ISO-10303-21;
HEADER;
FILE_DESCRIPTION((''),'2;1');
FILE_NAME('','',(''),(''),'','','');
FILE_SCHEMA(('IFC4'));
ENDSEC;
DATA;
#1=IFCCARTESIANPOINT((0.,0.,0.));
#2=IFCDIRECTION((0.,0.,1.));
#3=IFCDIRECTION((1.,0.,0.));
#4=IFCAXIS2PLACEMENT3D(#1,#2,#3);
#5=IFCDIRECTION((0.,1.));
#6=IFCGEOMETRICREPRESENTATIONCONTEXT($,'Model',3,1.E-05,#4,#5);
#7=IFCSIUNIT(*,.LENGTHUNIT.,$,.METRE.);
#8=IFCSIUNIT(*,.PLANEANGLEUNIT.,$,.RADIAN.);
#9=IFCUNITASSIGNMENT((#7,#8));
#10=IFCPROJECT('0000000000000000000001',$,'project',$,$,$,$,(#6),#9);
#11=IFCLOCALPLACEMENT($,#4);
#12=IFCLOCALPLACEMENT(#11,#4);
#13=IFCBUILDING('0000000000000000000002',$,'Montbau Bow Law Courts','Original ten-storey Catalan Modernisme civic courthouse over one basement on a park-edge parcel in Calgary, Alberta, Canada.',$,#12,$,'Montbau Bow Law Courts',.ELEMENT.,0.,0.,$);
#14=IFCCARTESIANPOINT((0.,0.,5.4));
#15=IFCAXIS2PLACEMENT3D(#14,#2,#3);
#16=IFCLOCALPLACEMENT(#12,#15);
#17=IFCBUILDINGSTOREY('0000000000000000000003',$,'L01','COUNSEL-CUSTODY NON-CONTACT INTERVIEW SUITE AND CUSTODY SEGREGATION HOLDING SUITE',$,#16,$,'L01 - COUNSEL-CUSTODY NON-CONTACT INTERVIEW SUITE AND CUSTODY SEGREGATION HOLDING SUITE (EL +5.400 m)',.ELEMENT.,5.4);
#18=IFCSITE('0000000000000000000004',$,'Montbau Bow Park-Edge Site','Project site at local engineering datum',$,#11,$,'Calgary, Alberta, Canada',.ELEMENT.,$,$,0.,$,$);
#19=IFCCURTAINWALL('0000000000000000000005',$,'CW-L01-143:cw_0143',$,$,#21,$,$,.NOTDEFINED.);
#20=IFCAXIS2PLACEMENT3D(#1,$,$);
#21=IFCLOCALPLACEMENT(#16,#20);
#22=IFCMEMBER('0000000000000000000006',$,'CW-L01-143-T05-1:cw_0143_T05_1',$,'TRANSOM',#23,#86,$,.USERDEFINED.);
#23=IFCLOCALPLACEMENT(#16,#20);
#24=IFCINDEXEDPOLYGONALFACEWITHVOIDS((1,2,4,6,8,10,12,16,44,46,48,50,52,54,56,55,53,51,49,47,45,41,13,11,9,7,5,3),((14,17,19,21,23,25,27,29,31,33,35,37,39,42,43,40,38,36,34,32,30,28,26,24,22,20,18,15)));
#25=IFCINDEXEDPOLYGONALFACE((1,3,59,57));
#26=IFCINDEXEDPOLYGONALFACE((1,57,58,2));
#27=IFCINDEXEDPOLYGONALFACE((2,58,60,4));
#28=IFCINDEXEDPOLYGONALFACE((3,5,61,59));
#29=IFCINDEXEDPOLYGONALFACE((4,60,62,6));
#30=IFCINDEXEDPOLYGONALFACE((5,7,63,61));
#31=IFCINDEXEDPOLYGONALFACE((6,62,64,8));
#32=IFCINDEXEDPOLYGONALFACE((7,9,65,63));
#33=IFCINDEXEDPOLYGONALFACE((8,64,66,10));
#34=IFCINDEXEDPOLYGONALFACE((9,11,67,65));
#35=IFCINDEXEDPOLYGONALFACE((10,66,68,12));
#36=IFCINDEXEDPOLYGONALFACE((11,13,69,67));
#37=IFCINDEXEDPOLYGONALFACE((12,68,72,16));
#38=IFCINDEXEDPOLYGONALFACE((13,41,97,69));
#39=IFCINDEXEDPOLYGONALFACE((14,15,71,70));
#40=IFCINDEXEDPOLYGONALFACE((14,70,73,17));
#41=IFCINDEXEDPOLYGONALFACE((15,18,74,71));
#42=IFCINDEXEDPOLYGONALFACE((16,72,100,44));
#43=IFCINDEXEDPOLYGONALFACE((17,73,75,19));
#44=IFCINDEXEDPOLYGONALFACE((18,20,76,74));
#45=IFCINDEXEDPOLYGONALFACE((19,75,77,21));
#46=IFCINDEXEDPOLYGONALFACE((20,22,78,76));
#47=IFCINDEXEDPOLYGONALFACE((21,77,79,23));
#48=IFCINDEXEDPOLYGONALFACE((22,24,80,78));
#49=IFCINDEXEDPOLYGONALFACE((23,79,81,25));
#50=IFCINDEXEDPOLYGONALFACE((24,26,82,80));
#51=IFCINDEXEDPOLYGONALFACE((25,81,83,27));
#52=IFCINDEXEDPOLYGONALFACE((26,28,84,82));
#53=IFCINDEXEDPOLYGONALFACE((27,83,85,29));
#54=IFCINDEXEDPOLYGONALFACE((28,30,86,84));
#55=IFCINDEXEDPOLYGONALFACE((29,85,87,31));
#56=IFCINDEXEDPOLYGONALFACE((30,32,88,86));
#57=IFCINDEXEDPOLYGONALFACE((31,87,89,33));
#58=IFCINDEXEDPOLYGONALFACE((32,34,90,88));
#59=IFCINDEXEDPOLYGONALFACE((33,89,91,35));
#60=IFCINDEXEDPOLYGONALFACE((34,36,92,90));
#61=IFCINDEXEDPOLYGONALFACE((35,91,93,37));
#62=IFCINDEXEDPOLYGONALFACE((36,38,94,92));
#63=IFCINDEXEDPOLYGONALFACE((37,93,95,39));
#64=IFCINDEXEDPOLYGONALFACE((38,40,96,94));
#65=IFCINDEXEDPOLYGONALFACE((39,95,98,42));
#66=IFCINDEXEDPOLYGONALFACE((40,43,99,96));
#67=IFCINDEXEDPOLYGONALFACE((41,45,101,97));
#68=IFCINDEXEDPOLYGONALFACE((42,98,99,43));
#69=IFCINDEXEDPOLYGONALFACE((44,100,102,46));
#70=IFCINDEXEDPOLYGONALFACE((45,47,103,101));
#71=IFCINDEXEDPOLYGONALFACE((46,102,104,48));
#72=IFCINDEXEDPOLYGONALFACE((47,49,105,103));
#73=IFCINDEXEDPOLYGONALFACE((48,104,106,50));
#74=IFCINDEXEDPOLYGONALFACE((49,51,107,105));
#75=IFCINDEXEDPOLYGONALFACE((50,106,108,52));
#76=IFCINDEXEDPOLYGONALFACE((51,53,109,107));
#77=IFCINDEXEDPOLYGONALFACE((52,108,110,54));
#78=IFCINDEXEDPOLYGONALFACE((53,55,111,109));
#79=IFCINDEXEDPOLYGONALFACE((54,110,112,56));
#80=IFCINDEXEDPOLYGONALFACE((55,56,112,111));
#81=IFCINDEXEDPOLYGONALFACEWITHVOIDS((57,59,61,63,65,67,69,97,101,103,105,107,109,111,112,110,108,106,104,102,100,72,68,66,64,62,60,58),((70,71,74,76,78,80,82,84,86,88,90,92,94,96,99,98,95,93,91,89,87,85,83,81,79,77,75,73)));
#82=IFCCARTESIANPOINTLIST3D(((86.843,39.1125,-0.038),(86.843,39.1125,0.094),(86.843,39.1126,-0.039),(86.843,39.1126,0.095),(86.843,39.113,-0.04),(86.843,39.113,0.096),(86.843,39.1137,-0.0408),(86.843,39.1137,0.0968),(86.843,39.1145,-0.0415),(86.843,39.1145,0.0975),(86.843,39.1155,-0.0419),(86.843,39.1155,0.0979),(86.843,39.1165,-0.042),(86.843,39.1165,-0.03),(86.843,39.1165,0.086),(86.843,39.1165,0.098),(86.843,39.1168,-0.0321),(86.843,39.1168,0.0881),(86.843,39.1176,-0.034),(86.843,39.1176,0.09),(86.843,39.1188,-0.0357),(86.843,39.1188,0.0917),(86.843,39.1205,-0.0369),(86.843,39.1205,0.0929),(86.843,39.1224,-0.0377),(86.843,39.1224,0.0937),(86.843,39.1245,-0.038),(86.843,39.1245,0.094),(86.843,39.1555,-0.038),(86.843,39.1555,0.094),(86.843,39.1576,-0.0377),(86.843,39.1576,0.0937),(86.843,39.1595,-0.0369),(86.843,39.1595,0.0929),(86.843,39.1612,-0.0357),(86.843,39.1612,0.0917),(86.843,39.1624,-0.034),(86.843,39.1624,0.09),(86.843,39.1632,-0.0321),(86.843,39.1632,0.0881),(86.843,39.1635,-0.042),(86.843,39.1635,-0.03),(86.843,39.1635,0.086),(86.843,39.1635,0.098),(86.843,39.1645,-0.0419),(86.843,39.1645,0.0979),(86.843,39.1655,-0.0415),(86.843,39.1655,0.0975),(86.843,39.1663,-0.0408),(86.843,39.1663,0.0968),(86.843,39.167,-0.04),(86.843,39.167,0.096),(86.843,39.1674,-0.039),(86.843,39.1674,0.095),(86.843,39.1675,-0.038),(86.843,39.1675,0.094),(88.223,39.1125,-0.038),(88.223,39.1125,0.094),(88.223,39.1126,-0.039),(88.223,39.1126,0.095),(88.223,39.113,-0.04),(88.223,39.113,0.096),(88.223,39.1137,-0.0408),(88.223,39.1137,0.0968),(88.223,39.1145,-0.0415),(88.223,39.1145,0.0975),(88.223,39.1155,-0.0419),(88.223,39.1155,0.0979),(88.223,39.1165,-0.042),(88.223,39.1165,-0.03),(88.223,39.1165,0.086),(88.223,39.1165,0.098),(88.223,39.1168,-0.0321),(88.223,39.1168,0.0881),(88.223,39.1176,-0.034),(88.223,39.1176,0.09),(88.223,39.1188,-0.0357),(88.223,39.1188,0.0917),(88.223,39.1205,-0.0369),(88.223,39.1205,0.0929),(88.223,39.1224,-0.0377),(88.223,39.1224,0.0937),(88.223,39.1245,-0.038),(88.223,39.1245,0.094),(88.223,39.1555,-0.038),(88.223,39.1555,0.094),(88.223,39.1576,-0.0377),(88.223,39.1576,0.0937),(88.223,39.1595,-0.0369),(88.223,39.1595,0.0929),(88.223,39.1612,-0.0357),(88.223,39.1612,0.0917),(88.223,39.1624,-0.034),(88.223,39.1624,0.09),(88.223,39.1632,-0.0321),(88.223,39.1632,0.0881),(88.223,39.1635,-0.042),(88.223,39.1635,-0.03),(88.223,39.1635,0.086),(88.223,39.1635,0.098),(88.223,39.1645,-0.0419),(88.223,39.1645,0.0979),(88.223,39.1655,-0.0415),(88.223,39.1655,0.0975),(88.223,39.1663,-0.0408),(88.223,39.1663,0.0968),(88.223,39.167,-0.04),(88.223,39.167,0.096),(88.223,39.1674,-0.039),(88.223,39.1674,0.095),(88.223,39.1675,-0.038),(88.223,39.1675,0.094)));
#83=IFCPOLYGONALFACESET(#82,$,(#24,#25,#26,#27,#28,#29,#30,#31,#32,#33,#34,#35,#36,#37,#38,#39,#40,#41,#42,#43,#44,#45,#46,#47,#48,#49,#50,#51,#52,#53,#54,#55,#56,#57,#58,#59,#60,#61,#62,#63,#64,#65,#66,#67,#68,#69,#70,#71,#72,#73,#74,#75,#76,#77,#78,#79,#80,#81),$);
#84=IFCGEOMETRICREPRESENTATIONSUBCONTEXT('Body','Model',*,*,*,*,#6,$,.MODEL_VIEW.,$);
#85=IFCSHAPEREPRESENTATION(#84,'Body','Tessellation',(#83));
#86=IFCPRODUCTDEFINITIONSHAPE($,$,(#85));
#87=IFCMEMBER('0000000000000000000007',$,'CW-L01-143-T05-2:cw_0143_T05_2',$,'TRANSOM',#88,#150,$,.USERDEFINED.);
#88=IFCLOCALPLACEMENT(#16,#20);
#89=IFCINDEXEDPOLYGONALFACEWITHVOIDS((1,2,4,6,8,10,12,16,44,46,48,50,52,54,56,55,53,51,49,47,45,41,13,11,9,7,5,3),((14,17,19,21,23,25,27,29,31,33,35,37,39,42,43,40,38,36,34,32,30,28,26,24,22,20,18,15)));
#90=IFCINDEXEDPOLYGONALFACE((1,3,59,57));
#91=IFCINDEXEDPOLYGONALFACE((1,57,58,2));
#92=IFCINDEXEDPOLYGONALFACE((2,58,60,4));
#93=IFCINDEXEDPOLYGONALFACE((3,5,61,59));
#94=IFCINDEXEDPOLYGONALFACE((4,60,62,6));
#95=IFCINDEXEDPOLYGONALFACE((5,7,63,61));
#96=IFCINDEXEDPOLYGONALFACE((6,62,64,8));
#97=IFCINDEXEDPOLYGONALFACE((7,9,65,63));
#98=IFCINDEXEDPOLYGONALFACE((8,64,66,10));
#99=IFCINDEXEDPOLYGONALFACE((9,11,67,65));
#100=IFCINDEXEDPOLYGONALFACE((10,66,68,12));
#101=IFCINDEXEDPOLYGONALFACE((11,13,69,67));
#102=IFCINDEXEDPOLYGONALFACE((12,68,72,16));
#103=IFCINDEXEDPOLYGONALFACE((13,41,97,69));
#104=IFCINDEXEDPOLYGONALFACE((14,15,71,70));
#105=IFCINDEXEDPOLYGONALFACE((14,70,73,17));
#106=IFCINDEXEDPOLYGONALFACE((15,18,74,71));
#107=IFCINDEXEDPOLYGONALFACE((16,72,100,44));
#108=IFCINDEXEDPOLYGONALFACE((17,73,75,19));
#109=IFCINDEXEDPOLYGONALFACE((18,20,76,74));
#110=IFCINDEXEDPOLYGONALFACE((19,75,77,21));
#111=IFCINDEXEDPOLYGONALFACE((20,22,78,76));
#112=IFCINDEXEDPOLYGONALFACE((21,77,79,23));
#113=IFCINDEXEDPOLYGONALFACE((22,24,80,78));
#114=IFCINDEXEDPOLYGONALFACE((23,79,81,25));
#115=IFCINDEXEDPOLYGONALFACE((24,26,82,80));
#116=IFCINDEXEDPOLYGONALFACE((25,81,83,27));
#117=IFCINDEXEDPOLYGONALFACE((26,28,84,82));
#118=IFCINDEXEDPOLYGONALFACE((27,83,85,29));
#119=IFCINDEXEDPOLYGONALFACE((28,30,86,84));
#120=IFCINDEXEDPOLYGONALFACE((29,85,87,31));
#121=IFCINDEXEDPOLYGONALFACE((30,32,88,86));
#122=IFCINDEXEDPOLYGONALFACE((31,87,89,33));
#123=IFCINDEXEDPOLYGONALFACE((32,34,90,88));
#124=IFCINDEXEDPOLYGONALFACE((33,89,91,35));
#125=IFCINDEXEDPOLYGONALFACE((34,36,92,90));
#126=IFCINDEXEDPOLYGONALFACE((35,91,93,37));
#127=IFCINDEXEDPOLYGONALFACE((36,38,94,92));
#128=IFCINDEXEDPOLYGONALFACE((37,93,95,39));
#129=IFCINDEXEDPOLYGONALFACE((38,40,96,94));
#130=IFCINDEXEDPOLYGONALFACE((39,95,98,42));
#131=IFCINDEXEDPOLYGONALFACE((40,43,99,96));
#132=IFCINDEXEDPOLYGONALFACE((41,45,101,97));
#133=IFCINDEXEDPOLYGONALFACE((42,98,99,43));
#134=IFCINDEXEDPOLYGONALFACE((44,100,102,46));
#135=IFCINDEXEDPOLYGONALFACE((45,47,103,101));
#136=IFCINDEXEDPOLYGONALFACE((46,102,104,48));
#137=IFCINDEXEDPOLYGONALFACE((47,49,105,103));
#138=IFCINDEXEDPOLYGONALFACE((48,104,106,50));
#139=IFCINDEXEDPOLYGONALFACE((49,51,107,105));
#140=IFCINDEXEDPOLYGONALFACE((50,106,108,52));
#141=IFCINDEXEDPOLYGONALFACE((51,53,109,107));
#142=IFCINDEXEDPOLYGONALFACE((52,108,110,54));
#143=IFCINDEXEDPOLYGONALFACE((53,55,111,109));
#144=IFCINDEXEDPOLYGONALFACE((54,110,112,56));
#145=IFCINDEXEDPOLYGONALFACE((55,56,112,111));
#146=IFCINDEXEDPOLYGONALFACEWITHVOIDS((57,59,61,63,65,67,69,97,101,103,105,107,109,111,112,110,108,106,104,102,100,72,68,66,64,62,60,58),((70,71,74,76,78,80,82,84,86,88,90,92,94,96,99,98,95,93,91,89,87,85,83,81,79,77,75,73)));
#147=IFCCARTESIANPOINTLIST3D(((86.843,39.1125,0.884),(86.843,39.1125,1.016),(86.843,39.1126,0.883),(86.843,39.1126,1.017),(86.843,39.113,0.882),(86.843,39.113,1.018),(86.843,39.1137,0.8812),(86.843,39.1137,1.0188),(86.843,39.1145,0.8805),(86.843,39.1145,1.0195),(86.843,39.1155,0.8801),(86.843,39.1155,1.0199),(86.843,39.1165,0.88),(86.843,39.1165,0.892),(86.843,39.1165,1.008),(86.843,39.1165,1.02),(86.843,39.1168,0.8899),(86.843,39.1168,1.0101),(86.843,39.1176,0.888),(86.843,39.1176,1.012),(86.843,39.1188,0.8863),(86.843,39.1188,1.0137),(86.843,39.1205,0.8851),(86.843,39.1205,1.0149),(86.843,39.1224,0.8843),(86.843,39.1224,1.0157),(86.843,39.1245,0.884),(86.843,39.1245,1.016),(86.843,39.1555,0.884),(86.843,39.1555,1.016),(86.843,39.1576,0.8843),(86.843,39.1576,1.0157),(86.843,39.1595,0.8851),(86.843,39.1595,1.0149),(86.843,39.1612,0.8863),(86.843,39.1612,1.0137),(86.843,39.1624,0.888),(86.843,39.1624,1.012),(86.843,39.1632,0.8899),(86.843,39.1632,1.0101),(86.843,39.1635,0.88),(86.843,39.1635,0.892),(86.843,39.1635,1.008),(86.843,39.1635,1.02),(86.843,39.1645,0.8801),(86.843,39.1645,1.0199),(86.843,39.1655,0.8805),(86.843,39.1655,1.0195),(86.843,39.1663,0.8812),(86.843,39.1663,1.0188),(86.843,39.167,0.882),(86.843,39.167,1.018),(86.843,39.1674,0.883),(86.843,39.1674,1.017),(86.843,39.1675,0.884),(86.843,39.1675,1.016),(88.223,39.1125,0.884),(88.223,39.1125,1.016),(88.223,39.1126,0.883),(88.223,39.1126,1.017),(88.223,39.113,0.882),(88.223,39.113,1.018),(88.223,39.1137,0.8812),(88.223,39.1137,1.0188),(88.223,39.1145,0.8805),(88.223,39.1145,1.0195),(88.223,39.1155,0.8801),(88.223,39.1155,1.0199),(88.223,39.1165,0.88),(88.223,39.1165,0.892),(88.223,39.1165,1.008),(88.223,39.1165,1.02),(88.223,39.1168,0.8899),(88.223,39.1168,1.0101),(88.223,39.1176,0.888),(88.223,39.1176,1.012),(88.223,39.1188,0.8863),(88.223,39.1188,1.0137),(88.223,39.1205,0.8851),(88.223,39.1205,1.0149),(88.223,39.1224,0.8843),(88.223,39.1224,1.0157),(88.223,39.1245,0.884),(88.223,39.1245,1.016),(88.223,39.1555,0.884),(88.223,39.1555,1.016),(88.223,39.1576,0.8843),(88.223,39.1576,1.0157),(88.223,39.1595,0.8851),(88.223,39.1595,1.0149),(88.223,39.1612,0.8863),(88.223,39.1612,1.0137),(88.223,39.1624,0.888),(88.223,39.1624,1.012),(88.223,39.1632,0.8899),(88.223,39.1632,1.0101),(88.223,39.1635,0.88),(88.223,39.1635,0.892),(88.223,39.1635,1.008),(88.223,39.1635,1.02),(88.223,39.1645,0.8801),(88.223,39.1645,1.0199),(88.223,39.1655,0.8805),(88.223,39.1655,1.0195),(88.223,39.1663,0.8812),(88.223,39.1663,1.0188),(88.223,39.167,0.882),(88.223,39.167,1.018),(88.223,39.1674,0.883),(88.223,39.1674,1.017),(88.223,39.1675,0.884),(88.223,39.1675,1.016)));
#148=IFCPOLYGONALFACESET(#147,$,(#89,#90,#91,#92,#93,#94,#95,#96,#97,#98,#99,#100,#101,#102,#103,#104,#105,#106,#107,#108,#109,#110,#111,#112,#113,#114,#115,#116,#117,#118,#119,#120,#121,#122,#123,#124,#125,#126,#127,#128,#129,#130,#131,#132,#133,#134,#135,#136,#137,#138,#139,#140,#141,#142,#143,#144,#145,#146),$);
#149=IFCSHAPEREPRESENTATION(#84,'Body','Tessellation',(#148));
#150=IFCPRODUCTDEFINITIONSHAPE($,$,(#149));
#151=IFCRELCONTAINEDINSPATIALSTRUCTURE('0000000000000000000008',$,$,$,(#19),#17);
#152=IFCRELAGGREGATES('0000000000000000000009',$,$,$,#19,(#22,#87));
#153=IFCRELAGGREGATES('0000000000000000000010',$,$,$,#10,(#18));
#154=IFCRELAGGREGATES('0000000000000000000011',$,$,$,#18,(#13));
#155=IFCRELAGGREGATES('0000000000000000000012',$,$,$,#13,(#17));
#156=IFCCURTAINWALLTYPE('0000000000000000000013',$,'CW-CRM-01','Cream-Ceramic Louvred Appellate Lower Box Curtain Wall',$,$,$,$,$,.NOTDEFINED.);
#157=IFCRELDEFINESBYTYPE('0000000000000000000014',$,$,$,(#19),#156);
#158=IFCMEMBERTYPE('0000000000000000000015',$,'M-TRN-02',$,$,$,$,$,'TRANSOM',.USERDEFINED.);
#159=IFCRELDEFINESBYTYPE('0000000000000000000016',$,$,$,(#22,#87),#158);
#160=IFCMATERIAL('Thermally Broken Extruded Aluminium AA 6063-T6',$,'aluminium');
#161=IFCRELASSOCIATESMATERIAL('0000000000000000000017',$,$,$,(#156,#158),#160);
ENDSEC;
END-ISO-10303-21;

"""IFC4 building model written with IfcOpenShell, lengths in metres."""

from ifc_helpers import new_model, si_unit, direction, frame, origin_with_axes, origin_2d_with_axis, place, context, subcontext, project, spatial, hollow_rectangle, extrude, material, material_profile, profile_set, type_object, element, aggregate, save


model = new_model("IFC4")

# Units and contexts
model_context = context("Model", 3, precision=1e-05, world=origin_with_axes(), true_north=direction((0.0, 1.0)))
body_context = subcontext(model_context, "Body", "Model", "MODEL_VIEW")
ifc_project = project(units=[si_unit("LENGTHUNIT", "METRE"), si_unit("PLANEANGLEUNIT", "RADIAN")], contexts=[model_context])

# Site, building, storey
site_placement = place(None, origin_with_axes())
site = spatial("IfcSite", under=ifc_project, at=site_placement, Name="Montbau Bow Park-Edge Site", Description="Project site at local engineering datum", LongName="Calgary, Alberta, Canada", CompositionType="ELEMENT", RefElevation=0.0)
building_placement = place(site_placement, origin_with_axes())
building = spatial("IfcBuilding", under=site, at=building_placement, Name="Montbau Bow Law Courts", Description="Original ten-storey Catalan Modernisme civic courthouse over one basement on a park-edge parcel in Calgary, Alberta, Canada.", LongName="Montbau Bow Law Courts", CompositionType="ELEMENT", ElevationOfRefHeight=0.0, ElevationOfTerrain=0.0)
storey_placement = place(building_placement, frame((0.0, 0.0, 5.4), z_axis=(0.0, 0.0, 1.0), x_axis=(1.0, 0.0, 0.0)))
storey = spatial("IfcBuildingStorey", under=building, at=storey_placement, Name="L01", Description="COUNSEL-CUSTODY NON-CONTACT INTERVIEW SUITE AND CUSTODY SEGREGATION HOLDING SUITE", LongName="L01 - COUNSEL-CUSTODY NON-CONTACT INTERVIEW SUITE AND CUSTODY SEGREGATION HOLDING SUITE (EL +5.400 m)", CompositionType="ELEMENT", Elevation=5.4)

# Curtain wall, members
ifc_material_1 = material(Name="Thermally Broken Extruded Aluminium AA 6063-T6", Category="aluminium")
curtain_wall_type = type_object("IfcCurtainWallType", Name="CW-CRM-01", Description="Cream-Ceramic Louvred Appellate Lower Box Curtain Wall", PredefinedType="NOTDEFINED", material=ifc_material_1)
curtain_wall_placement = place(None, frame((80.915, 39.14, 5.4), z_axis=(0.0, 0.0, 1.0), x_axis=(1.0, 0.0, 0.0)))
curtain_wall = element("IfcCurtainWall", 1, at=curtain_wall_placement, inside=storey, type_object=curtain_wall_type, Name="CW-L01-143:cw_0143", PredefinedType="NOTDEFINED")
ifc_material_profile_1 = material_profile(ifc_material_1, hollow_rectangle(XDim=0.055, YDim=0.14, WallThickness=0.004, InnerFilletRadius=0.008, OuterFilletRadius=0.004, at=origin_2d_with_axis()), Name="CWT-140X55", Category="Main", Priority=0)
ifc_profile_set_1 = profile_set([ifc_material_profile_1], Name="Thermally Broken Extruded Aluminium AA 6063-T6")
member_type_1 = type_object("IfcMemberType", Name="M-TRN-02", ElementType="TRANSOM", PredefinedType="USERDEFINED", material=ifc_profile_set_1)
member_1_placement = place(None, frame((86.843, 39.14, 5.428), z_axis=(1.0, 0.0, 0.0), x_axis=(0.0, 1.0, 0.0)))
member_1 = element("IfcMember", 2, at=member_1_placement, type_object=member_type_1, Name="CW-L01-143-T05-1:cw_0143_T05_1", ObjectType="TRANSOM", PredefinedType="USERDEFINED", context=body_context, shape_type="SweptSolid", body=[
    extrude(hollow_rectangle(XDim=0.055, YDim=0.14, WallThickness=0.004, InnerFilletRadius=0.008, OuterFilletRadius=0.004, at=origin_2d_with_axis()), origin_with_axes(), (0.0, 0.0, 1.0), 1.38),
])
member_2_placement = place(None, frame((86.843, 39.14, 6.35), z_axis=(1.0, 0.0, 0.0), x_axis=(0.0, 1.0, 0.0)))
member_2 = element("IfcMember", 3, at=member_2_placement, type_object=member_type_1, Name="CW-L01-143-T05-2:cw_0143_T05_2", ObjectType="TRANSOM", PredefinedType="USERDEFINED", context=body_context, shape_type="SweptSolid", body=[
    extrude(hollow_rectangle(XDim=0.055, YDim=0.14, WallThickness=0.004, InnerFilletRadius=0.008, OuterFilletRadius=0.004, at=origin_2d_with_axis()), origin_with_axes(), (0.0, 0.0, 1.0), 1.38),
])
aggregate(curtain_wall, [member_1, member_2])

save(model, "model.ifc")
